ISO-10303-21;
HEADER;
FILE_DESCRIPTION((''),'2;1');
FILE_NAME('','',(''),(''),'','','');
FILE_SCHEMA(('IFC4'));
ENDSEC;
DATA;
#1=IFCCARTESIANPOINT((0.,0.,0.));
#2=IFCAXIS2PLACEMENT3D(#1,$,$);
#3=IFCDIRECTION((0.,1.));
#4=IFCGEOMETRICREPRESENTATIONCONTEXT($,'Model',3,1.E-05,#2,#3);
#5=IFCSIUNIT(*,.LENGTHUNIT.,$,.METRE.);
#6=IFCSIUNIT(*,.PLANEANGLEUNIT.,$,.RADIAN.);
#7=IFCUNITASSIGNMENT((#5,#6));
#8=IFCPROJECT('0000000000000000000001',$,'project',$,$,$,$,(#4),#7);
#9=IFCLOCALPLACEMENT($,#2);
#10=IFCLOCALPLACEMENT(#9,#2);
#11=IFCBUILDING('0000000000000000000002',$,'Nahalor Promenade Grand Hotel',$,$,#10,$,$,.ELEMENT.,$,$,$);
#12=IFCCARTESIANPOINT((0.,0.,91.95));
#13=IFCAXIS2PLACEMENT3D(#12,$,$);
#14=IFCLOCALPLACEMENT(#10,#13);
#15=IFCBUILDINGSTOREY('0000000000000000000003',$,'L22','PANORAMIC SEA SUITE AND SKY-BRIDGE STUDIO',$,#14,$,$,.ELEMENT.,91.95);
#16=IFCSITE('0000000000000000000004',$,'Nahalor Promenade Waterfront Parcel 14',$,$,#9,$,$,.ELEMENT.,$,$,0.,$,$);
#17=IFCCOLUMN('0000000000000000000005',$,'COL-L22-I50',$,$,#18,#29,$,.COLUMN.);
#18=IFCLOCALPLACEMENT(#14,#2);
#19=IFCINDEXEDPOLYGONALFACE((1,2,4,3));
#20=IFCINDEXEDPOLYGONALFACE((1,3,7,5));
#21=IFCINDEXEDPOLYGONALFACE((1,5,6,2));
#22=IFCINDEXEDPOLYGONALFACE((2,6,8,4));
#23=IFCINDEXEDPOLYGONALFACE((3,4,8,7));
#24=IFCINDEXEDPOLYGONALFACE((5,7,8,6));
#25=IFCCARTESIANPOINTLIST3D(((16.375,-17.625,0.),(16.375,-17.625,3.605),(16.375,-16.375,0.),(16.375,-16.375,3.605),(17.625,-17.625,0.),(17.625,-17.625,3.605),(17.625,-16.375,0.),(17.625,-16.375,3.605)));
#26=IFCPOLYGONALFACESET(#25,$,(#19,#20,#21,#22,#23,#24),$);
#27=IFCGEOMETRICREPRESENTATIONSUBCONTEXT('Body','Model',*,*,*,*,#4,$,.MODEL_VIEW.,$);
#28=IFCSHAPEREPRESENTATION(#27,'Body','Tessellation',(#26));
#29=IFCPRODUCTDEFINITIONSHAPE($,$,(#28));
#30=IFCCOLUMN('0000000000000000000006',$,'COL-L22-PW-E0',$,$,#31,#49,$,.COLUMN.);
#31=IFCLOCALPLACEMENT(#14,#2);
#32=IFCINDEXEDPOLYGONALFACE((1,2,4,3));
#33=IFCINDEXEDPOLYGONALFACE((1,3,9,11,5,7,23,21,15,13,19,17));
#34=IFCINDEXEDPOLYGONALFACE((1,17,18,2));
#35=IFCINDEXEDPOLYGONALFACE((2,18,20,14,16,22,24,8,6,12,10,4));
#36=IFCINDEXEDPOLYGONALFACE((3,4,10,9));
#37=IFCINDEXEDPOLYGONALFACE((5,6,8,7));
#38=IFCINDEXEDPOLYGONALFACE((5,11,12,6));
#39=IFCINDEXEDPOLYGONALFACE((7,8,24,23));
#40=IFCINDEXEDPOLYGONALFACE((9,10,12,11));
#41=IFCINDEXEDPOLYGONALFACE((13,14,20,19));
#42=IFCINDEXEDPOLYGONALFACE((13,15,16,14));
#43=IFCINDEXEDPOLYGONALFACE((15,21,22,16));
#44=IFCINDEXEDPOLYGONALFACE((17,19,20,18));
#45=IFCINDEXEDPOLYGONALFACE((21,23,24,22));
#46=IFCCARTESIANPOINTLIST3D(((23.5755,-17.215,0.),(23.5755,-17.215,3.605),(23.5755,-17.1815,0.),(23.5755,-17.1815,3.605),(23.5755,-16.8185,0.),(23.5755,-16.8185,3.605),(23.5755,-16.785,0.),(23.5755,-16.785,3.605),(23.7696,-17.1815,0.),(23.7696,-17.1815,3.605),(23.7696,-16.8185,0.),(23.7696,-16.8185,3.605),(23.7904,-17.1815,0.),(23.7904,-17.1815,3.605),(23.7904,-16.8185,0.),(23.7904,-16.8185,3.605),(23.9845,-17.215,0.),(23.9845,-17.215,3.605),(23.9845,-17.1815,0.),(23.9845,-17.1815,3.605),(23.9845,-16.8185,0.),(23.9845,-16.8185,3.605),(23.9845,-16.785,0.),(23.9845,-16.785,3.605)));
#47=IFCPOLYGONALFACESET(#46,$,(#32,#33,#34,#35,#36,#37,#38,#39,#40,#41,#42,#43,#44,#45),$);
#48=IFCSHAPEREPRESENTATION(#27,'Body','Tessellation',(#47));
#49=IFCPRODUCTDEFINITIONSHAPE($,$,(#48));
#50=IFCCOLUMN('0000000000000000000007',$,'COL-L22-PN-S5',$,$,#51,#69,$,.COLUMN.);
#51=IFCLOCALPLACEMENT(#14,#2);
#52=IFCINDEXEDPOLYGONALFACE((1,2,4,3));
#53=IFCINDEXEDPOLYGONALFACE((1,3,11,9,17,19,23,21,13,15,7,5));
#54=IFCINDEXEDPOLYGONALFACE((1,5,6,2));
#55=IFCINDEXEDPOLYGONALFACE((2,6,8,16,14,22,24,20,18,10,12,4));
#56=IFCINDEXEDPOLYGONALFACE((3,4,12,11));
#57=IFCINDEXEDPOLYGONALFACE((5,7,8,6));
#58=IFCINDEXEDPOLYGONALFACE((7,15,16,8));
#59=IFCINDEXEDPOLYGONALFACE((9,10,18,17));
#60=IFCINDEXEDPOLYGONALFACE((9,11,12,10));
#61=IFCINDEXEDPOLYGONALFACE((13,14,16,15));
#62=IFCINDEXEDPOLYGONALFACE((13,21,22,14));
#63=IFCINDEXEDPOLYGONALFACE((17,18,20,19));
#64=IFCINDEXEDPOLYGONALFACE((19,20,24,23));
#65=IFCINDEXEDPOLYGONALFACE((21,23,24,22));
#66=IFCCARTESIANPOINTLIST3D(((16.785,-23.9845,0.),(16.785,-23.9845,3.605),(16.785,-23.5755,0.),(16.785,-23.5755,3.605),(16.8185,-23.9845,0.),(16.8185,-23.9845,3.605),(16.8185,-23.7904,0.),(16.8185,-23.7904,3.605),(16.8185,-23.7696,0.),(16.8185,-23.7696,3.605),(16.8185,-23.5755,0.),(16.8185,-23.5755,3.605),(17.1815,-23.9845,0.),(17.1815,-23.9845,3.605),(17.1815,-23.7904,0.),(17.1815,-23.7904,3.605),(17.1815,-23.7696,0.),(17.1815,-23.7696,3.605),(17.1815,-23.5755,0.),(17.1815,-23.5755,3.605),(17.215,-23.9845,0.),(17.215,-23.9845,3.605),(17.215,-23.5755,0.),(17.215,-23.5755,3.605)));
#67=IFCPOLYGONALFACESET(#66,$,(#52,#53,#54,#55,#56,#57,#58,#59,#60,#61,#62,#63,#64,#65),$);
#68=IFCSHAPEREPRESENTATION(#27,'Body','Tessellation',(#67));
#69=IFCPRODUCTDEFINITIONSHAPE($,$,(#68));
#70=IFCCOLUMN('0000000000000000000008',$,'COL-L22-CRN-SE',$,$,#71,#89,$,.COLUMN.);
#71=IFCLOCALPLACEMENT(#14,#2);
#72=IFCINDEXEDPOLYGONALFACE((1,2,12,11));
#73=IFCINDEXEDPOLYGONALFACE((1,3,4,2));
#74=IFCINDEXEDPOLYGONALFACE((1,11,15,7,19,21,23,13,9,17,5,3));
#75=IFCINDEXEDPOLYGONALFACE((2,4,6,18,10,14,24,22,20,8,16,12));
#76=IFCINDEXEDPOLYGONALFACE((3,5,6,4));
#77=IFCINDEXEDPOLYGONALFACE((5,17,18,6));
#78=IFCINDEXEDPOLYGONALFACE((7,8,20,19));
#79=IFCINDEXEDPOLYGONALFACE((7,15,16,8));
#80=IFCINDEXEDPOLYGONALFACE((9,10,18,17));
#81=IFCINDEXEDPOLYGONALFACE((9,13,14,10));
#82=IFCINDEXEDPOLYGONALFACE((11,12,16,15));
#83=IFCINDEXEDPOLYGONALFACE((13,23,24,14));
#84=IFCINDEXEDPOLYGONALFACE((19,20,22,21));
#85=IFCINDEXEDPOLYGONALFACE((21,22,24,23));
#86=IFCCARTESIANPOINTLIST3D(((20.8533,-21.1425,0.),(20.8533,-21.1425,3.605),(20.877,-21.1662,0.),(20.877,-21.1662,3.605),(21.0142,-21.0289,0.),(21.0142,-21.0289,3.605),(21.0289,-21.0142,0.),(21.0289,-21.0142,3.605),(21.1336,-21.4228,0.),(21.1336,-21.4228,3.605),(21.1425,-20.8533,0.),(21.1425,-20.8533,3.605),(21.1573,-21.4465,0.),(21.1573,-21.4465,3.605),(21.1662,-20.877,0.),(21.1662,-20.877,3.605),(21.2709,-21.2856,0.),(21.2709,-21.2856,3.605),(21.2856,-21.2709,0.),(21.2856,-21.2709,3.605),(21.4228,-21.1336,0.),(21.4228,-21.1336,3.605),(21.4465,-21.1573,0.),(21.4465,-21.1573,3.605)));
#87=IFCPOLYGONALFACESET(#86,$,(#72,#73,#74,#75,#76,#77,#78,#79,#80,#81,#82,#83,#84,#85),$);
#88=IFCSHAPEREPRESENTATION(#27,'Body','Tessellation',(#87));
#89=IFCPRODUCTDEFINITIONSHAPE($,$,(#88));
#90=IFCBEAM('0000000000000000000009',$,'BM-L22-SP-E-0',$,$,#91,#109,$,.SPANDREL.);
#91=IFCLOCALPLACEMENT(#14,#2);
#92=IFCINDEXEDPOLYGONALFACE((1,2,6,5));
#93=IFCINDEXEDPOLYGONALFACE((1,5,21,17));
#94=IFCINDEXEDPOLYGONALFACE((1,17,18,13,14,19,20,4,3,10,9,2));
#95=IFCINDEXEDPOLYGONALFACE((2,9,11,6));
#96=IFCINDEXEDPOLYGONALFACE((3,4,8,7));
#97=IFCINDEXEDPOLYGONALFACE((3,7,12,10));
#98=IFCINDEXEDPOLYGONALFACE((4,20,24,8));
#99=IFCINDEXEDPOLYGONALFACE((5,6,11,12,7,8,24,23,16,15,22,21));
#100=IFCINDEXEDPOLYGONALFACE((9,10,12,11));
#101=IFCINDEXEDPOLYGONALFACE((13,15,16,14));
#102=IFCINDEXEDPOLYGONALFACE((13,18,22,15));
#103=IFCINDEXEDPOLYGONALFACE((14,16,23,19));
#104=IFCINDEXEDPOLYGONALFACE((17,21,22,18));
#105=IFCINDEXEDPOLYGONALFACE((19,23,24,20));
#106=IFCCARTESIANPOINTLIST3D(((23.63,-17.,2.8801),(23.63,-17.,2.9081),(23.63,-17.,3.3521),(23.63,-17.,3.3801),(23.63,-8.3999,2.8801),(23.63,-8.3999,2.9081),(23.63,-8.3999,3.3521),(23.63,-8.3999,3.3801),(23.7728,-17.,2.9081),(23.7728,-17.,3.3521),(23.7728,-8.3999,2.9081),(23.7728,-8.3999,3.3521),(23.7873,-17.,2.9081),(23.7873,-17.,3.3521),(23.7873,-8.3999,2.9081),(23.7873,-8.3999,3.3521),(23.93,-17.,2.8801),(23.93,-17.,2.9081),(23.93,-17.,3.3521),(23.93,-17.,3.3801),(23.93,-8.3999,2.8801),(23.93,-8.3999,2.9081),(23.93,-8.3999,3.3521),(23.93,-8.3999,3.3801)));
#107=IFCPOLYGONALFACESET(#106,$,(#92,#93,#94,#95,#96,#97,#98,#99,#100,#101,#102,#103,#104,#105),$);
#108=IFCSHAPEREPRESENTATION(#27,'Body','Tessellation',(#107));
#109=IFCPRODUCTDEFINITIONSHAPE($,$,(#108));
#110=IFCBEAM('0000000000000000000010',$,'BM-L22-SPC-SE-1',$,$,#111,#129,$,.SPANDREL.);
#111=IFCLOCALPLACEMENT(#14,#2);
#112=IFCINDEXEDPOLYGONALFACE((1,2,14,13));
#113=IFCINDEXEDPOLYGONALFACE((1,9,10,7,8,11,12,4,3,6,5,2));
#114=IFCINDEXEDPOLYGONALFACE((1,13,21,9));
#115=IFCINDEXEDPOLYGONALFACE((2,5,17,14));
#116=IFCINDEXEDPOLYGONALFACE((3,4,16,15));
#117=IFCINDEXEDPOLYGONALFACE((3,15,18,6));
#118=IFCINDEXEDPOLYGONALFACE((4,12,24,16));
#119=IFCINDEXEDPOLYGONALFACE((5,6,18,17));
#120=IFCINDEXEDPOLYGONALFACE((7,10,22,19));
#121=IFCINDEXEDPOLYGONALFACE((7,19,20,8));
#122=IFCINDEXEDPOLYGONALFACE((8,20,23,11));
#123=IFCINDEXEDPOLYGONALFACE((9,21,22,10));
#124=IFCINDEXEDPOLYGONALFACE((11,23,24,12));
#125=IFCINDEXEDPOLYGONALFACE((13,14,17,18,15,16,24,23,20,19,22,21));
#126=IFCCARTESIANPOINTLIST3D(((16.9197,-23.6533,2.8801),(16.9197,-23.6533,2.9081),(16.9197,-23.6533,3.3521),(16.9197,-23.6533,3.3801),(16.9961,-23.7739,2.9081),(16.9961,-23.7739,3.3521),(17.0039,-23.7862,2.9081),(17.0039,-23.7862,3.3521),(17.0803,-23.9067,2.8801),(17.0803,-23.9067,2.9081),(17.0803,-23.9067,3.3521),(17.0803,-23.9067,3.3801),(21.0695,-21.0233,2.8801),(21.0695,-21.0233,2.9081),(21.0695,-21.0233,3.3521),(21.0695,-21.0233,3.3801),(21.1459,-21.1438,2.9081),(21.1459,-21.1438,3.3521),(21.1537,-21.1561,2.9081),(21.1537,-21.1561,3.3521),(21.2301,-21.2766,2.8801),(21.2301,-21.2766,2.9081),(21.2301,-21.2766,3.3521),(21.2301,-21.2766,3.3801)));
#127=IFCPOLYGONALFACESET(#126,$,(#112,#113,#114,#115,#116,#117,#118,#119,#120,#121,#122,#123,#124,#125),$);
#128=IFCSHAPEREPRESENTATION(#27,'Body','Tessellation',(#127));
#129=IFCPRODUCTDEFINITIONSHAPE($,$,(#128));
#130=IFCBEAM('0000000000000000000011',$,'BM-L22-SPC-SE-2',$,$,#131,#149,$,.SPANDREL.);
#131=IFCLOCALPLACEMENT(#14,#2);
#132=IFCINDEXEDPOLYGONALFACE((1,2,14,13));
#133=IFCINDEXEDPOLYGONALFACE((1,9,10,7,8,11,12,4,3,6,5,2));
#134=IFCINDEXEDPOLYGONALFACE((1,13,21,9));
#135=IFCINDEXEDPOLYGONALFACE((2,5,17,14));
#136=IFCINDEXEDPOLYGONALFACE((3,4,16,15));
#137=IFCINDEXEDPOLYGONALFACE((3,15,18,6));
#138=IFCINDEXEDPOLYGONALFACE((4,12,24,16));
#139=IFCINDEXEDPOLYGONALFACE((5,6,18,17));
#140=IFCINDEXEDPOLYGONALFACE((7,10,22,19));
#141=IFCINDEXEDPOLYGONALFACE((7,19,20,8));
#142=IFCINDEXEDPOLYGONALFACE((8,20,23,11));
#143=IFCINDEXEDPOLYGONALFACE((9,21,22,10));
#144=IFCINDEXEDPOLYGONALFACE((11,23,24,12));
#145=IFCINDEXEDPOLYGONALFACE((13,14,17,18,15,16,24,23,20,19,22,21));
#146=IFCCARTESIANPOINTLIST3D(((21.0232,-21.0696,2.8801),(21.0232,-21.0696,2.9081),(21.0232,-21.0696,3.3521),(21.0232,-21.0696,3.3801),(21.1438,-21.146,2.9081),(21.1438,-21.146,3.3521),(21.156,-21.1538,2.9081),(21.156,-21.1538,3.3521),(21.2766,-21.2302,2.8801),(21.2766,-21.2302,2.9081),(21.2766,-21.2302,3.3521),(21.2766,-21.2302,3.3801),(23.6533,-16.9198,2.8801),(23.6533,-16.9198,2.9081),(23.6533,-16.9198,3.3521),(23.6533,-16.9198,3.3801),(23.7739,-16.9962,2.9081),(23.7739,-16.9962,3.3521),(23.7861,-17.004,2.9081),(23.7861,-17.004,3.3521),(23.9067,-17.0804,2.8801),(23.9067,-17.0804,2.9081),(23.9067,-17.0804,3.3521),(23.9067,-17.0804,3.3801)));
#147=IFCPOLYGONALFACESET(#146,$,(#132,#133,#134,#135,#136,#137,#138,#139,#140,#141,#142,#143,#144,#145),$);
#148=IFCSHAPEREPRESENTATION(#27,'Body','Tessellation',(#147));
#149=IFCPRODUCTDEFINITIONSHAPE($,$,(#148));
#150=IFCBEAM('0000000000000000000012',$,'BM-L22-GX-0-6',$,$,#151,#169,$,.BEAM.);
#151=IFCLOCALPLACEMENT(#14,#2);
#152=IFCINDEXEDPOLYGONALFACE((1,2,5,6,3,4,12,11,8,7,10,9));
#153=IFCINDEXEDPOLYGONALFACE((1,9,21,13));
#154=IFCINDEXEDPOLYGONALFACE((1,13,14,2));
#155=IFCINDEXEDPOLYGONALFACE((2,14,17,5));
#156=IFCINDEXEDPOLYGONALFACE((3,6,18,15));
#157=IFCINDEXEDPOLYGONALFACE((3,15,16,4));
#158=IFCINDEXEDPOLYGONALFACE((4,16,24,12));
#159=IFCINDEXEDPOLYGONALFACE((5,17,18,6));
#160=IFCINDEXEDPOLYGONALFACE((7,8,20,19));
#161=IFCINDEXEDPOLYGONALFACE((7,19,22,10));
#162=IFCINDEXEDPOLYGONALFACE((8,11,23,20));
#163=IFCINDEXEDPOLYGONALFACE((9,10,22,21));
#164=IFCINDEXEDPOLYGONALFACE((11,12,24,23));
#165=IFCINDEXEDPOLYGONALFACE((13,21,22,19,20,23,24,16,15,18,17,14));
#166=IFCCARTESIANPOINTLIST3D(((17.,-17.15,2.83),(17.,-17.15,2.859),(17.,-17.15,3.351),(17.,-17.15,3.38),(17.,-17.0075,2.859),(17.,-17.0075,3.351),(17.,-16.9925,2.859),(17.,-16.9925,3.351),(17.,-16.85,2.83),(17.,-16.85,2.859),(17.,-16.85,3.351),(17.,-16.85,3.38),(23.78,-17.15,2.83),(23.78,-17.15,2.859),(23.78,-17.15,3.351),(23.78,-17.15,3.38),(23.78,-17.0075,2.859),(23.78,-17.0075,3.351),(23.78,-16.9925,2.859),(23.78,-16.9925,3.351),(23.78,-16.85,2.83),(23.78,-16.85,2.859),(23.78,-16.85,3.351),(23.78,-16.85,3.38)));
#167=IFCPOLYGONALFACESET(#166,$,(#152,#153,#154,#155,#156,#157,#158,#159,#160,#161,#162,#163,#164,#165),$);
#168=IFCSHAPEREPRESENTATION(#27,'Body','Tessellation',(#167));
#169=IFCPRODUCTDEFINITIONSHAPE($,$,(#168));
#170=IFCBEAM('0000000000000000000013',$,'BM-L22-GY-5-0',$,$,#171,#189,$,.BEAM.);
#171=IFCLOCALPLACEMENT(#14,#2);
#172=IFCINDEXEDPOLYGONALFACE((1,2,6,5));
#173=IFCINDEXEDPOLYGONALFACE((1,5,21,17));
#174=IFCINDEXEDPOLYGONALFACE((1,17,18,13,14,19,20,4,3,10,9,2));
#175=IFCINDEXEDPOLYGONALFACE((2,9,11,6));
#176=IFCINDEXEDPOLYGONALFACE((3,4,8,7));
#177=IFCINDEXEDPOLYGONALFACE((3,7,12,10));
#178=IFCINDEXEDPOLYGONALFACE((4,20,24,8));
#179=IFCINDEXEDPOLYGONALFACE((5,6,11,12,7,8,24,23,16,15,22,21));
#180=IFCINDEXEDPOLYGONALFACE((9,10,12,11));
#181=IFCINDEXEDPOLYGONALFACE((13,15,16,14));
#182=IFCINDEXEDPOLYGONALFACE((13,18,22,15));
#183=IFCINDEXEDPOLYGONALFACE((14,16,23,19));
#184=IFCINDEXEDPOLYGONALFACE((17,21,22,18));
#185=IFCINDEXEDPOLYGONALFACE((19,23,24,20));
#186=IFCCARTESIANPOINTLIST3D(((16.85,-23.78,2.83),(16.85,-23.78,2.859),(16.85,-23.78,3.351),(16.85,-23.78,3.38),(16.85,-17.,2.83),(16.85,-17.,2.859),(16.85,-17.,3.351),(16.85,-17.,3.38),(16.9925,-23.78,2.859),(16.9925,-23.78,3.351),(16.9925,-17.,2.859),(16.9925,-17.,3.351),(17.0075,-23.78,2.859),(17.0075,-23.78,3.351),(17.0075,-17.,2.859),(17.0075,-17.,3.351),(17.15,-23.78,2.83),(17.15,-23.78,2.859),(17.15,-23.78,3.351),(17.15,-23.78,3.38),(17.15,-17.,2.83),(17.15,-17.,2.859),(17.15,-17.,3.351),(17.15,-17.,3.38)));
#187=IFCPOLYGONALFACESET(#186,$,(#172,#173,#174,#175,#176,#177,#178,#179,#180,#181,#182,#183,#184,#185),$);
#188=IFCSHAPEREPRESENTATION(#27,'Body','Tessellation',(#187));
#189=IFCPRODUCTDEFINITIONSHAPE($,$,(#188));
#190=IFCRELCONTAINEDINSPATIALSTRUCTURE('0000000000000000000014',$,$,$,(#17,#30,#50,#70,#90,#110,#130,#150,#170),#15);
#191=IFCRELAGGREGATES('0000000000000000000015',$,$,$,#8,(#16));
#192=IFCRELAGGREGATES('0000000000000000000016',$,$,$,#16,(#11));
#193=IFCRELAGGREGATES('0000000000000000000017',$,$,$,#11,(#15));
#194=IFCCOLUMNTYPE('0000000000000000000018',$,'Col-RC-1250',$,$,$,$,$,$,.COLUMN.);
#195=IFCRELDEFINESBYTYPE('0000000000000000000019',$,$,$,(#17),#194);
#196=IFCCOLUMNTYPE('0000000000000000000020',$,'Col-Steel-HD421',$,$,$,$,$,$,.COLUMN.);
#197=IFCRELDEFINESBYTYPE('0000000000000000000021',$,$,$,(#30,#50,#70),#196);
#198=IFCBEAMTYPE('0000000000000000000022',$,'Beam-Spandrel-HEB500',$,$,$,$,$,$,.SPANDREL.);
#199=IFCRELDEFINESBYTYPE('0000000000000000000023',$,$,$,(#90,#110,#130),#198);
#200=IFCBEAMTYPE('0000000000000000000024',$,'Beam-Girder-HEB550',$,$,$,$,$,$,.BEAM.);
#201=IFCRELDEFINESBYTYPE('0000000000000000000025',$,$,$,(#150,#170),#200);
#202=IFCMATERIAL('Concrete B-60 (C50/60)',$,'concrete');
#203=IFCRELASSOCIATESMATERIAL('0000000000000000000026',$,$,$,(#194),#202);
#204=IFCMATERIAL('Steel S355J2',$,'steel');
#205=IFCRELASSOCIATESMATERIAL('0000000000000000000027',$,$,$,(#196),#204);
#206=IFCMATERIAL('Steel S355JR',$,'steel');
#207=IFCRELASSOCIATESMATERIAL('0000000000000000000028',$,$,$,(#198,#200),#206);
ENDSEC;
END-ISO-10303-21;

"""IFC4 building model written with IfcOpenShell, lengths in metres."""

from ifc_helpers import new_model, si_unit, direction, frame, origin, origin_2d, place, context, subcontext, project, spatial, rectangle, i_section, extrude, source, transform, mapped, material, material_profile, profile_set, type_object, element, save


model = new_model("IFC4")

# Units and contexts
model_context = context("Model", 3, precision=1e-05, world=origin(), true_north=direction((0.0, 1.0)))
body_context = subcontext(model_context, "Body", "Model", "MODEL_VIEW")
ifc_project = project(units=[si_unit("LENGTHUNIT", "METRE"), si_unit("PLANEANGLEUNIT", "RADIAN")], contexts=[model_context])

# Site, building, storey
site_placement = place(None, origin())
site = spatial("IfcSite", under=ifc_project, at=site_placement, Name="Nahalor Promenade Waterfront Parcel 14", CompositionType="ELEMENT", RefElevation=0.0)
building_placement = place(site_placement, origin())
building = spatial("IfcBuilding", under=site, at=building_placement, Name="Nahalor Promenade Grand Hotel", CompositionType="ELEMENT")
storey_placement = place(building_placement, frame((0.0, 0.0, 91.95)))
storey = spatial("IfcBuildingStorey", under=building, at=storey_placement, Name="L22", Description="PANORAMIC SEA SUITE AND SKY-BRIDGE STUDIO", CompositionType="ELEMENT", Elevation=91.95)

# Columns
ifc_material_1 = material(Name="Concrete B-60 (C50/60)", Category="concrete")
ifc_material_profile_1 = material_profile(ifc_material_1, rectangle(XDim=1.25, YDim=1.25, at=origin_2d()), Name="RC 1250x1250")
ifc_profile_set_1 = profile_set([ifc_material_profile_1], Name="Concrete B-60 (C50/60)")
column_type_1 = type_object("IfcColumnType", Name="Col-RC-1250", PredefinedType="COLUMN", material=ifc_profile_set_1)
shared_shape_1 = source(origin(), body_context, "Body", "SweptSolid", [
    extrude(rectangle(XDim=1.25, YDim=1.25, at=origin_2d()), origin(), (0.0, 0.0, 1.0), 3.605),
])
column_placement = place(storey_placement, frame((17.0, -17.0, 0.0), z_axis=(0.0, 0.0, 1.0), x_axis=(1.0, 0.0, 0.0)))
element("IfcColumn", 1, at=column_placement, inside=storey, type_object=column_type_1, Name="COL-L22-I50", PredefinedType="COLUMN", context=body_context, shape_type="MappedRepresentation", body=[
    mapped(shared_shape_1, transform((0.0, 0.0, 0.0), scale=1.0)),
])
ifc_material_2 = material(Name="Steel S355J2", Category="steel")
ifc_material_profile_2 = material_profile(ifc_material_2, i_section(OverallWidth=0.409, OverallDepth=0.43, WebThickness=0.0208, FlangeThickness=0.0335, at=origin_2d()), Name="HD 400x421")
ifc_profile_set_2 = profile_set([ifc_material_profile_2], Name="Steel S355J2")
column_type_2 = type_object("IfcColumnType", Name="Col-Steel-HD421", PredefinedType="COLUMN", material=ifc_profile_set_2)
shared_shape_2 = source(origin(), body_context, "Body", "SweptSolid", [
    extrude(i_section(OverallWidth=0.409, OverallDepth=0.43, WebThickness=0.0208, FlangeThickness=0.0335, at=origin_2d()), origin(), (0.0, 0.0, 1.0), 3.605),
])
for number, where, z_axis, x_axis, name in (
    (2, (23.78, -17.0, 0.0), (0.0, 0.0, 1.0), (1.0, 0.0, 0.0), "COL-L22-PW-E0"),
    (3, (17.0, -23.78, 0.0), (0.0, 0.0, 1.0), (0.0, 1.0, 0.0), "COL-L22-PN-S5"),
    (4, (21.1499, -21.1499, 0.0), (0.0, 0.0, 1.0), (0.707107, 0.707107, 0.0), "COL-L22-CRN-SE"),
):
    element("IfcColumn", number, at=place(storey_placement, frame(where, z_axis=z_axis, x_axis=x_axis)), inside=storey, type_object=column_type_2, Name=name, PredefinedType="COLUMN", context=body_context, shape_type="MappedRepresentation", body=[
        mapped(shared_shape_2, transform((0.0, 0.0, 0.0), scale=1.0)),
    ])

# Beams
ifc_material_3 = material(Name="Steel S355JR", Category="steel")
ifc_material_profile_3 = material_profile(ifc_material_3, i_section(OverallWidth=0.3, OverallDepth=0.5, WebThickness=0.0145, FlangeThickness=0.028, at=origin_2d()), Name="HEB 500")
ifc_profile_set_3 = profile_set([ifc_material_profile_3], Name="Steel S355JR")
beam_type_1 = type_object("IfcBeamType", Name="Beam-Spandrel-HEB500", PredefinedType="SPANDREL", material=ifc_profile_set_3)
shared_shape_3 = source(origin(), body_context, "Body", "SweptSolid", [
    extrude(i_section(OverallWidth=0.3, OverallDepth=0.5, WebThickness=0.0145, FlangeThickness=0.028, at=origin_2d()), origin(), (0.0, 0.0, 1.0), 8.6001),
])
beam_1_placement = place(storey_placement, frame((23.78, -17.0, 3.1301), z_axis=(0.0, 1.0, 0.0), x_axis=(-1.0, 0.0, 0.0)))
element("IfcBeam", 5, at=beam_1_placement, inside=storey, type_object=beam_type_1, Name="BM-L22-SP-E-0", PredefinedType="SPANDREL", context=body_context, shape_type="MappedRepresentation", body=[
    mapped(shared_shape_3, transform((0.0, 0.0, 0.0), scale=1.0)),
])
shared_shape_4 = source(origin(), body_context, "Body", "SweptSolid", [
    extrude(i_section(OverallWidth=0.3, OverallDepth=0.5, WebThickness=0.0145, FlangeThickness=0.028, at=origin_2d()), origin(), (0.0, 0.0, 1.0), 4.9131),
])
for number, where, z_axis, x_axis, name in (
    (6, (17.0, -23.78, 3.1301), (0.844648, 0.535322, 0.0), (-0.535322, 0.844648, 0.0), "BM-L22-SPC-SE-1"),
    (7, (21.1499, -21.1499, 3.1301), (0.535322, 0.844648, 0.0), (-0.844648, 0.535322, 0.0), "BM-L22-SPC-SE-2"),
):
    element("IfcBeam", number, at=place(storey_placement, frame(where, z_axis=z_axis, x_axis=x_axis)), inside=storey, type_object=beam_type_1, Name=name, PredefinedType="SPANDREL", context=body_context, shape_type="MappedRepresentation", body=[
        mapped(shared_shape_4, transform((0.0, 0.0, 0.0), scale=1.0)),
    ])
ifc_material_profile_4 = material_profile(ifc_material_3, i_section(OverallWidth=0.3, OverallDepth=0.55, WebThickness=0.015, FlangeThickness=0.029, at=origin_2d()), Name="HEB 550")
ifc_profile_set_4 = profile_set([ifc_material_profile_4], Name="Steel S355JR")
beam_type_2 = type_object("IfcBeamType", Name="Beam-Girder-HEB550", PredefinedType="BEAM", material=ifc_profile_set_4)
shared_shape_5 = source(origin(), body_context, "Body", "SweptSolid", [
    extrude(i_section(OverallWidth=0.3, OverallDepth=0.55, WebThickness=0.015, FlangeThickness=0.029, at=origin_2d()), origin(), (0.0, 0.0, 1.0), 6.78),
])
for number, where, z_axis, x_axis, name in (
    (8, (17.0, -17.0, 3.105), (1.0, 0.0, 0.0), (0.0, 1.0, 0.0), "BM-L22-GX-0-6"),
    (9, (17.0, -23.78, 3.105), (0.0, 1.0, 0.0), (-1.0, 0.0, 0.0), "BM-L22-GY-5-0"),
):
    element("IfcBeam", number, at=place(storey_placement, frame(where, z_axis=z_axis, x_axis=x_axis)), inside=storey, type_object=beam_type_2, Name=name, PredefinedType="BEAM", context=body_context, shape_type="MappedRepresentation", body=[
        mapped(shared_shape_5, transform((0.0, 0.0, 0.0), scale=1.0)),
    ])

save(model, "model.ifc")
